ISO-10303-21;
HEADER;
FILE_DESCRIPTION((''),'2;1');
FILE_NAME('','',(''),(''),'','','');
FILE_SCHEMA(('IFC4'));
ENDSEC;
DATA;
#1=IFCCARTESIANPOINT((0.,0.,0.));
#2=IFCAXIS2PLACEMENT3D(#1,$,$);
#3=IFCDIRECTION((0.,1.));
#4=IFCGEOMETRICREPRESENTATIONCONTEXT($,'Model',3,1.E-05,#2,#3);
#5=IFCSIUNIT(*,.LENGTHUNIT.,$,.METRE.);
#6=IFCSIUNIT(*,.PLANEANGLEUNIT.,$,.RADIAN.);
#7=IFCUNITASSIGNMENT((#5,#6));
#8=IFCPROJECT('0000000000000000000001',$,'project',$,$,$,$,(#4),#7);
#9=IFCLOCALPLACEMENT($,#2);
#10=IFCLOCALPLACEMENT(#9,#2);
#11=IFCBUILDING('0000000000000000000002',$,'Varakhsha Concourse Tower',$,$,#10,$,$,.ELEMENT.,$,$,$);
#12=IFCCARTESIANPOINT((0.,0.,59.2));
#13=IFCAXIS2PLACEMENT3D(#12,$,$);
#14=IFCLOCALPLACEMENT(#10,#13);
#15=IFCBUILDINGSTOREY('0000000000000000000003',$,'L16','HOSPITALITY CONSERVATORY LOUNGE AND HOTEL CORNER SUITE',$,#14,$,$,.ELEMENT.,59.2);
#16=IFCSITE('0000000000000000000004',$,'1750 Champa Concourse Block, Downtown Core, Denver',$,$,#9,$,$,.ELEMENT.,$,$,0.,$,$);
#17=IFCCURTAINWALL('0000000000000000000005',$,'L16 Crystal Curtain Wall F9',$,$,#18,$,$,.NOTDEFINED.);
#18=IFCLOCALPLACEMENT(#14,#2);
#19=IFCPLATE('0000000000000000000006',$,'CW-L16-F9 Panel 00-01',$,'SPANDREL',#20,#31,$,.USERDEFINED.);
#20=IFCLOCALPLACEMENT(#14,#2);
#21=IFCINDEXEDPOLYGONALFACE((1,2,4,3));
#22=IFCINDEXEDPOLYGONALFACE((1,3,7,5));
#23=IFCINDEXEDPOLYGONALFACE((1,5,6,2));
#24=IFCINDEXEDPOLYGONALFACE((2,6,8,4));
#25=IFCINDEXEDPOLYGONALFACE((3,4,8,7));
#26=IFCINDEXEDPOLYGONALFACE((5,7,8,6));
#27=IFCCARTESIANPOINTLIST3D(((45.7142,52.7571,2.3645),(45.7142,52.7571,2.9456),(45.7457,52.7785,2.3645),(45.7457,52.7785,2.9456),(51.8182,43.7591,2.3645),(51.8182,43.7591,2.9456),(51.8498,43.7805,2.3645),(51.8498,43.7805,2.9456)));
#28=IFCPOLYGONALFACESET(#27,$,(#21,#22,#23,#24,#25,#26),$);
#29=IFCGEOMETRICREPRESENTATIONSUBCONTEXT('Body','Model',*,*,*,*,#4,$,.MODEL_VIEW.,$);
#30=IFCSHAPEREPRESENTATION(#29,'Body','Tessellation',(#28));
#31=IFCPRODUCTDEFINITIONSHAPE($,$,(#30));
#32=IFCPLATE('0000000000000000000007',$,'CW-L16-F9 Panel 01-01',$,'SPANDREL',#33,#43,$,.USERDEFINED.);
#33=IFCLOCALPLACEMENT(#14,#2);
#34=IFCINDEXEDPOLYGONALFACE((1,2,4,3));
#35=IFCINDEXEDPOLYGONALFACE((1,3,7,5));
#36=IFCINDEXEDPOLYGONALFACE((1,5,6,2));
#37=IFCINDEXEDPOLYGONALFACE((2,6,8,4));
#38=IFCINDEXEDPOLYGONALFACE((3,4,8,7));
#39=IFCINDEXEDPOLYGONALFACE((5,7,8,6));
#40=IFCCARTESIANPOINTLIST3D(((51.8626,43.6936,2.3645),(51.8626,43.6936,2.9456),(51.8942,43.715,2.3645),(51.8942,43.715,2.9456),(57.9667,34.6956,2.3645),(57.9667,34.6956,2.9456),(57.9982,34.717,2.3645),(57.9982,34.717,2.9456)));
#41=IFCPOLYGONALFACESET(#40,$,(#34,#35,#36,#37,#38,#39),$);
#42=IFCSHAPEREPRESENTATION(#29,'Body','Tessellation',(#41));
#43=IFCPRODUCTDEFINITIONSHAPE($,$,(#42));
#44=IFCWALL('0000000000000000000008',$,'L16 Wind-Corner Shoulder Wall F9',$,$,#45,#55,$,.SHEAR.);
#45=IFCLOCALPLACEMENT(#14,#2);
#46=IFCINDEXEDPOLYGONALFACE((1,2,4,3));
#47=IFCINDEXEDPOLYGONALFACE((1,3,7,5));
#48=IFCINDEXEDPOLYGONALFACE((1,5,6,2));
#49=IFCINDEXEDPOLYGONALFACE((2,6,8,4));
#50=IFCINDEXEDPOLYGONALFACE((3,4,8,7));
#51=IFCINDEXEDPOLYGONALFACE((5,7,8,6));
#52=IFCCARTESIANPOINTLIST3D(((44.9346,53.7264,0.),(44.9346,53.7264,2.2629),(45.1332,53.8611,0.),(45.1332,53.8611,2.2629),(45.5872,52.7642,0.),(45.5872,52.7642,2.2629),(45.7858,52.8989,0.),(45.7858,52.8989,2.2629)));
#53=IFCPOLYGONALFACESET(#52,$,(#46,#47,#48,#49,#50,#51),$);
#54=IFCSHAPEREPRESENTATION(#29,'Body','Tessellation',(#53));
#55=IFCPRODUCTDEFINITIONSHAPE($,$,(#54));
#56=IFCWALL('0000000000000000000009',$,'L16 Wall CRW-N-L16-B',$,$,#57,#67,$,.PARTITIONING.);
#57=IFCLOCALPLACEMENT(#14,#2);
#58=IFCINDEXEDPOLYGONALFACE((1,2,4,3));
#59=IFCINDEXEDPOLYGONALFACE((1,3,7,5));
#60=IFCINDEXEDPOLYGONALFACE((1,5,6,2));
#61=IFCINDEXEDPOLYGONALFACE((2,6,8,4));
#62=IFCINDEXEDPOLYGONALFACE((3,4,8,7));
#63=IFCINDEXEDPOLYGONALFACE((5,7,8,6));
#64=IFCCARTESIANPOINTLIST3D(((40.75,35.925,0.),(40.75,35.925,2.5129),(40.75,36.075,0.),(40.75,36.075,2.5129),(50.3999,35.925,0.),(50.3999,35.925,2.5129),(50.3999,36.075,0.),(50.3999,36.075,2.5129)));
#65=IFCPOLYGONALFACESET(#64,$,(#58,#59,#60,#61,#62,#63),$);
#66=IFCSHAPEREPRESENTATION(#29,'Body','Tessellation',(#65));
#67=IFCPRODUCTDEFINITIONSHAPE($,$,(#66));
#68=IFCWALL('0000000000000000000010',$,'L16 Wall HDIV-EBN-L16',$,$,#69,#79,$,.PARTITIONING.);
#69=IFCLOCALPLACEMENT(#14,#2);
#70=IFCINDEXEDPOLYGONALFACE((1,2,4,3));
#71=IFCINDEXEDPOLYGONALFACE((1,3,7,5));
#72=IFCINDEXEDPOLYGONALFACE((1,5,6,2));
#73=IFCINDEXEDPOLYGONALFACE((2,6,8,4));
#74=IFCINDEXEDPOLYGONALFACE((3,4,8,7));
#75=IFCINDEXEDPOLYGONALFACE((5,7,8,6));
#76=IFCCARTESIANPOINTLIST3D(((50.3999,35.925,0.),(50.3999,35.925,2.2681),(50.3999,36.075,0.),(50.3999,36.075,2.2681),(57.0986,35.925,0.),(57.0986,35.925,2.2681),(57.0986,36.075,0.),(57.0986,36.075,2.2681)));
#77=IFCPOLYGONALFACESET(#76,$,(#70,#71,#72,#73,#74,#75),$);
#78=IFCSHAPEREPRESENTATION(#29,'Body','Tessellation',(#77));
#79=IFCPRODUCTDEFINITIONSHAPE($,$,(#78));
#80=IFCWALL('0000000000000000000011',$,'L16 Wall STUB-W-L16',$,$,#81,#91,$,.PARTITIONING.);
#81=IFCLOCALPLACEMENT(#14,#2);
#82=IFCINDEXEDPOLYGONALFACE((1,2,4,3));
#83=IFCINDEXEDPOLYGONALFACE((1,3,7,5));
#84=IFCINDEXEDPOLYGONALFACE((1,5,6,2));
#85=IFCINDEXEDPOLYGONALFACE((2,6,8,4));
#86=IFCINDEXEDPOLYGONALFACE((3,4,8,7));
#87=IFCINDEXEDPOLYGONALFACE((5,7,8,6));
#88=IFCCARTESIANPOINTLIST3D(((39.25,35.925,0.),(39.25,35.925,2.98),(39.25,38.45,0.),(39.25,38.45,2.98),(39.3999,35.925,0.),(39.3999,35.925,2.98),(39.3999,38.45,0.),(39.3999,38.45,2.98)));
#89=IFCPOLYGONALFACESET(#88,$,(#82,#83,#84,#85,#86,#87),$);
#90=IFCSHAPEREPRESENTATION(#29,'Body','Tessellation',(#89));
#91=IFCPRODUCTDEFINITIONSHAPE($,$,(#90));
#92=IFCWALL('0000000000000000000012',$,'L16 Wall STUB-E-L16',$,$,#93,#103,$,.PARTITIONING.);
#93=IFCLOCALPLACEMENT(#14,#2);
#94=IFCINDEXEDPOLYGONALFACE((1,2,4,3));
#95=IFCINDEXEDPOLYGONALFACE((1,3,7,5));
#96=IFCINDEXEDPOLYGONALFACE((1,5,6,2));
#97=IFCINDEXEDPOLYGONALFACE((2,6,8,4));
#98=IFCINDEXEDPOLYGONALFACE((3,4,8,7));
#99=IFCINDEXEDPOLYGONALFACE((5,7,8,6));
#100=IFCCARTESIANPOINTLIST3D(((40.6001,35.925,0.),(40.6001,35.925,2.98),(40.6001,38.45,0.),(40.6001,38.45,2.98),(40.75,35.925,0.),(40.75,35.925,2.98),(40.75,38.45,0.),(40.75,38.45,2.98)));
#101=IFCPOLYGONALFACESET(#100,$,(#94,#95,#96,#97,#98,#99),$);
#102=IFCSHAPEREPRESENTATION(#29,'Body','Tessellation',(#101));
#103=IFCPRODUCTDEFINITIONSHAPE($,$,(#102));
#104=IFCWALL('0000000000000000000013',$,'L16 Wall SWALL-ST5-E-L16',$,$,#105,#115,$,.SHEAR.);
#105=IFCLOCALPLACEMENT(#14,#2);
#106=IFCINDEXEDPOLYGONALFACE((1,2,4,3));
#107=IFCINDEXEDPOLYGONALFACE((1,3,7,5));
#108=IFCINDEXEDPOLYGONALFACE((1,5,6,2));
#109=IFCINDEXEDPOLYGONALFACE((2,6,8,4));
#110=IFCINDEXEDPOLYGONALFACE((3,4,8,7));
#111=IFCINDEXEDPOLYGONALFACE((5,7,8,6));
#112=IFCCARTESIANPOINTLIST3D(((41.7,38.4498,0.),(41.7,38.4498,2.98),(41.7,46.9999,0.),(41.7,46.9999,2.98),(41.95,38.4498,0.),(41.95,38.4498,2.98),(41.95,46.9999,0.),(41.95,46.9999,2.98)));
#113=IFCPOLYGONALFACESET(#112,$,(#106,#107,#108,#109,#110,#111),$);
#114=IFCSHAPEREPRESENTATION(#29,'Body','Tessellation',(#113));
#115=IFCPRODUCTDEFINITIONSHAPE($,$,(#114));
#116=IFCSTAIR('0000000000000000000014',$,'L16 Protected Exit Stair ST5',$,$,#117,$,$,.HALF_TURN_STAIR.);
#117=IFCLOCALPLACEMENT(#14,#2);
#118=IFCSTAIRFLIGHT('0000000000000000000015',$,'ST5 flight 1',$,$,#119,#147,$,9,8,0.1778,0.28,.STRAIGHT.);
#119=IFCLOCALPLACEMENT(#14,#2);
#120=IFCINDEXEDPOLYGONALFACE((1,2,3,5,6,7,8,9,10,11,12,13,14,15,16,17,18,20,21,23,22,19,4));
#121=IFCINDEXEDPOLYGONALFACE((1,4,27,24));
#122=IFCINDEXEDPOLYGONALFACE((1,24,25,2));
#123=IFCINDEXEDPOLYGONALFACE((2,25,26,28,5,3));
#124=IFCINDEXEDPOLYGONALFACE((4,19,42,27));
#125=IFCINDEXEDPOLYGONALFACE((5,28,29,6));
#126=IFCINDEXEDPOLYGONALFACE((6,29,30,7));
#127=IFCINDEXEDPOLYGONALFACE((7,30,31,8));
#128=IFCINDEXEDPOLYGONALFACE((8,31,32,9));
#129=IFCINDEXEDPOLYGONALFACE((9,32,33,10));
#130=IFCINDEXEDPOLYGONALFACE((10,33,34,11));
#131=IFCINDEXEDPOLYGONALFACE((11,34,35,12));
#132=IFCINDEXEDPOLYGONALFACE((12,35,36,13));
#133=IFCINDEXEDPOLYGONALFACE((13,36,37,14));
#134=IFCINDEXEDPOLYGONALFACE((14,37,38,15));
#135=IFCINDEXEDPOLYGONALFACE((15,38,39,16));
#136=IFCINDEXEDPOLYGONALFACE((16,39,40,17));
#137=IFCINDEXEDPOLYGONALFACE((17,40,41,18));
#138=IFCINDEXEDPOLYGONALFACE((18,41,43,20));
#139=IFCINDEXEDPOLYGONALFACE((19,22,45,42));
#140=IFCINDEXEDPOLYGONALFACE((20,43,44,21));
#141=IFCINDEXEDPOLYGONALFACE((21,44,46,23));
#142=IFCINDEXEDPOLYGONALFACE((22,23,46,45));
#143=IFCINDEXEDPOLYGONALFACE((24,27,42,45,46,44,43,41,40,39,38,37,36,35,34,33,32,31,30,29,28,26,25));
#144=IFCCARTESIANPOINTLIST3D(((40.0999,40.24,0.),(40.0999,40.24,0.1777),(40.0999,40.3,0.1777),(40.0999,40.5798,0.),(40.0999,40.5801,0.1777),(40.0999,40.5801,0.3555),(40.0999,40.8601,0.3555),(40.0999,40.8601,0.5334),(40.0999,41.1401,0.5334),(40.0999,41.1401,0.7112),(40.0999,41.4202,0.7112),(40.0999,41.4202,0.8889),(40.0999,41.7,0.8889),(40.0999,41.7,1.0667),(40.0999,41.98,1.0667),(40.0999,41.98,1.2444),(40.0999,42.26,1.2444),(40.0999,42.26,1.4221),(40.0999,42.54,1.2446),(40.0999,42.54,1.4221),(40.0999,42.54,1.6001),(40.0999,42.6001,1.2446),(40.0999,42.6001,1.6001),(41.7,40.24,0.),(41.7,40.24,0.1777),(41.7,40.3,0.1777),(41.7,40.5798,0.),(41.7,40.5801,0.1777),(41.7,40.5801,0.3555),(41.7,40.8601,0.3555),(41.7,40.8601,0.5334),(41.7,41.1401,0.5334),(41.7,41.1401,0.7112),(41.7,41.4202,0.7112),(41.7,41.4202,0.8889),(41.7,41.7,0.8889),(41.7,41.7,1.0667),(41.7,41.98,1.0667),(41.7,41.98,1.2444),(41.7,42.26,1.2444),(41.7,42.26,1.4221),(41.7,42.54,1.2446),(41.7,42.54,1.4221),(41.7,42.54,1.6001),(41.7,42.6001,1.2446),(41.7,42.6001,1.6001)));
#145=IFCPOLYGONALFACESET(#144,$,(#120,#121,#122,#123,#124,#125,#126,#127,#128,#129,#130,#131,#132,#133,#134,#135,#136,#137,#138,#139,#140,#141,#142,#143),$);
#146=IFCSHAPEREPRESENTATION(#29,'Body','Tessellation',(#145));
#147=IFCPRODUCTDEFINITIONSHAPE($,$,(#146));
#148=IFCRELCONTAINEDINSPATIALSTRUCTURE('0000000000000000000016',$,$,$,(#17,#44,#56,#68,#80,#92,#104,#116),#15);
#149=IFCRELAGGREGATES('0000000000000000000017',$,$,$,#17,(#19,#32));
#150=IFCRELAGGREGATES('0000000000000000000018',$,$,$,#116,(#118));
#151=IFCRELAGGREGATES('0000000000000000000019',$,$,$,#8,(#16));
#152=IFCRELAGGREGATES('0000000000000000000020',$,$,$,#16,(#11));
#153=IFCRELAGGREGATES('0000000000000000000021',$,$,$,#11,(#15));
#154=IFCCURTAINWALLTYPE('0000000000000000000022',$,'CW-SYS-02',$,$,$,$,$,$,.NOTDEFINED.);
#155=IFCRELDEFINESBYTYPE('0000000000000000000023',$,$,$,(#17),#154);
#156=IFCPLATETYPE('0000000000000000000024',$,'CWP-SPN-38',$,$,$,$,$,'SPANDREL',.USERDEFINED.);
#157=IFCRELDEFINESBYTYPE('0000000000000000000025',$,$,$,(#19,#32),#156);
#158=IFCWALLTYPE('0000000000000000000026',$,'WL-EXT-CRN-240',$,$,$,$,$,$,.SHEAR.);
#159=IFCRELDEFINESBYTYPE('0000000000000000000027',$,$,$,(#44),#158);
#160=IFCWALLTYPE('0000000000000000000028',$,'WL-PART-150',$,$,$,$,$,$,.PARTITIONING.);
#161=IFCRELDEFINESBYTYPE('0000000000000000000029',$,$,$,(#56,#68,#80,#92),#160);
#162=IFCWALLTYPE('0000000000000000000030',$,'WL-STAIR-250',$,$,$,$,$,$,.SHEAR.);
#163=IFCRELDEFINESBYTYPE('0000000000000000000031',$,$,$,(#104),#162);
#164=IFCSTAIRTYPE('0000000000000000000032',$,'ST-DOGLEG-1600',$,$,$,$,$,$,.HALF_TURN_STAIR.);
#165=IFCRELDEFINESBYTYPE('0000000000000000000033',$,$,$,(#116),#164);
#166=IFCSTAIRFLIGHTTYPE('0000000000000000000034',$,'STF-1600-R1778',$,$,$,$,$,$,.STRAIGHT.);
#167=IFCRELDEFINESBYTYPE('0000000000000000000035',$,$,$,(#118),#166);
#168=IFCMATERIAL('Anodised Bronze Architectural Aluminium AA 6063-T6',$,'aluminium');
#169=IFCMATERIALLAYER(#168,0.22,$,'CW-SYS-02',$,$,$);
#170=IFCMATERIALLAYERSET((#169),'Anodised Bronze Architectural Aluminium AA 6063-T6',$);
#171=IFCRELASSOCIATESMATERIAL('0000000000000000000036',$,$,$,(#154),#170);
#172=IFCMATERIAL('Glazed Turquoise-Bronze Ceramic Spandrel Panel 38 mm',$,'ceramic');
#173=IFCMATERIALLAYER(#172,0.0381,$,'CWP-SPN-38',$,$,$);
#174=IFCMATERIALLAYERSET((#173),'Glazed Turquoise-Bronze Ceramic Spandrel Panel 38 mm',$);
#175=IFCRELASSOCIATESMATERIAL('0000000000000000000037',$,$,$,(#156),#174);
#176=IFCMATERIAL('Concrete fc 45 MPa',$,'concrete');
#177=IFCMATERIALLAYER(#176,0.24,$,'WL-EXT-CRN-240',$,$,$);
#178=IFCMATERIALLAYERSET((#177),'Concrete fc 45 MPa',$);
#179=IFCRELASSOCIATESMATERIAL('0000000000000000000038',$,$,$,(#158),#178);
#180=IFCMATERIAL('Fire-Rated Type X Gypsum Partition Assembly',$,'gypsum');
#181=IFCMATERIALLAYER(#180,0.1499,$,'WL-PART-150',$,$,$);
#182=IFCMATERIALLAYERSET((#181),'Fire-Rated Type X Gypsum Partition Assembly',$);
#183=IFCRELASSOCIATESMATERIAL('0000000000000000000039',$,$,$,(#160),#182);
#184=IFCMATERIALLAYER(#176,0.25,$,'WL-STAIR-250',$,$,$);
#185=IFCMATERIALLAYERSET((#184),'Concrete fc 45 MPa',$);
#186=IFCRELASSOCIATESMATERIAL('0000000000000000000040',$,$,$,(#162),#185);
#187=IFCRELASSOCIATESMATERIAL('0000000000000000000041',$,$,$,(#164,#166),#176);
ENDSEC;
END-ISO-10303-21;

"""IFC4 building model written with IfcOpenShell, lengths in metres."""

from ifc_helpers import new_model, si_unit, direction, frame, frame_2d, origin, origin_2d, place, context, subcontext, project, spatial, polyline, rectangle, outline, extrude, source, transform, mapped, material, layer, layer_set, type_object, type_shapes, element, aggregate, save


model = new_model("IFC4")

# Units and contexts
model_context = context("Model", 3, precision=1e-05, world=origin(), true_north=direction((0.0, 1.0)))
body_context = subcontext(model_context, "Body", "Model", "MODEL_VIEW")
ifc_project = project(units=[si_unit("LENGTHUNIT", "METRE"), si_unit("PLANEANGLEUNIT", "RADIAN")], contexts=[model_context])

# Site, building, storey
site_placement = place(None, origin())
site = spatial("IfcSite", under=ifc_project, at=site_placement, Name="1750 Champa Concourse Block, Downtown Core, Denver", CompositionType="ELEMENT", RefElevation=0.0)
building_placement = place(site_placement, origin())
building = spatial("IfcBuilding", under=site, at=building_placement, Name="Varakhsha Concourse Tower", CompositionType="ELEMENT")
storey_placement = place(building_placement, frame((0.0, 0.0, 59.2)))
storey = spatial("IfcBuildingStorey", under=building, at=storey_placement, Name="L16", Description="HOSPITALITY CONSERVATORY LOUNGE AND HOTEL CORNER SUITE", CompositionType="ELEMENT", Elevation=59.2)

# Curtain wall
ifc_material_1 = material(Name="Anodised Bronze Architectural Aluminium AA 6063-T6", Category="aluminium")
ifc_layer_1 = layer(ifc_material_1, 0.22, Name="CW-SYS-02")
ifc_layer_set_1 = layer_set([ifc_layer_1], Name="Anodised Bronze Architectural Aluminium AA 6063-T6")
curtain_wall_type = type_object("IfcCurtainWallType", Name="CW-SYS-02", PredefinedType="NOTDEFINED", material=ifc_layer_set_1)
curtain_wall_placement = place(storey_placement, origin())
curtain_wall = element("IfcCurtainWall", 1, at=curtain_wall_placement, inside=storey, type_object=curtain_wall_type, Name="L16 Crystal Curtain Wall F9", PredefinedType="NOTDEFINED")

# Plates
ifc_material_2 = material(Name="Glazed Turquoise-Bronze Ceramic Spandrel Panel 38 mm", Category="ceramic")
ifc_layer_2 = layer(ifc_material_2, 0.0381, Name="CWP-SPN-38")
ifc_layer_set_2 = layer_set([ifc_layer_2], Name="Glazed Turquoise-Bronze Ceramic Spandrel Panel 38 mm")
plate_type_1 = type_object("IfcPlateType", Name="CWP-SPN-38", ElementType="SPANDREL", PredefinedType="USERDEFINED", material=ifc_layer_set_2)
shared_shape_1 = source(origin(), body_context, "Body", "SweptSolid", [
    extrude(rectangle(XDim=10.873, YDim=0.0381, at=origin_2d()), origin(), (0.0, 0.0, 1.0), 0.5811),
])
type_shapes(plate_type_1, [shared_shape_1])
plate_1_placement = place(storey_placement, frame((48.782, 48.2688, 2.3645), z_axis=(0.0, 0.0, 1.0), x_axis=(0.561392, -0.82755, 0.0)))
plate_1 = element("IfcPlate", 2, at=plate_1_placement, type_object=plate_type_1, Name="CW-L16-F9 Panel 00-01", ObjectType="SPANDREL", PredefinedType="USERDEFINED", context=body_context, shape_type="MappedRepresentation", body=[
    mapped(shared_shape_1, transform((0.0, 0.0, 0.0), scale=1.0)),
])
plate_2_placement = place(storey_placement, frame((54.9304, 39.2053, 2.3645), z_axis=(0.0, 0.0, 1.0), x_axis=(0.561392, -0.82755, 0.0)))
plate_2 = element("IfcPlate", 3, at=plate_2_placement, type_object=plate_type_1, Name="CW-L16-F9 Panel 01-01", ObjectType="SPANDREL", PredefinedType="USERDEFINED", context=body_context, shape_type="MappedRepresentation", body=[
    mapped(shared_shape_1, transform((0.0, 0.0, 0.0), scale=1.0)),
])
aggregate(curtain_wall, [plate_1, plate_2])

# Walls
ifc_material_3 = material(Name="Concrete fc 45 MPa", Category="concrete")
ifc_layer_3 = layer(ifc_material_3, 0.24, Name="WL-EXT-CRN-240")
ifc_layer_set_3 = layer_set([ifc_layer_3], Name="Concrete fc 45 MPa")
wall_type_1 = type_object("IfcWallType", Name="WL-EXT-CRN-240", PredefinedType="SHEAR", material=ifc_layer_set_3)
wall_1_placement = place(storey_placement, frame((45.6865, 52.8315, 0.0), z_axis=(0.0, 0.0, 1.0), x_axis=(-0.561322, 0.827598, 0.0)))
element("IfcWall", 4, at=wall_1_placement, inside=storey, type_object=wall_type_1, Name="L16 Wind-Corner Shoulder Wall F9", PredefinedType="SHEAR", context=body_context, shape_type="SweptSolid", body=[
    extrude(rectangle(XDim=1.1626, YDim=0.24, at=frame_2d((0.5813, 0.0))), origin(), (0.0, 0.0, 1.0), 2.2629),
])
ifc_material_4 = material(Name="Fire-Rated Type X Gypsum Partition Assembly", Category="gypsum")
ifc_layer_4 = layer(ifc_material_4, 0.1499, Name="WL-PART-150")
ifc_layer_set_4 = layer_set([ifc_layer_4], Name="Fire-Rated Type X Gypsum Partition Assembly")
wall_type_2 = type_object("IfcWallType", Name="WL-PART-150", PredefinedType="PARTITIONING", material=ifc_layer_set_4)
wall_2_placement = place(storey_placement, frame((40.75, 36.0, 0.0), z_axis=(0.0, 0.0, 1.0), x_axis=(1.0, 0.0, 0.0)))
element("IfcWall", 5, at=wall_2_placement, inside=storey, type_object=wall_type_2, Name="L16 Wall CRW-N-L16-B", PredefinedType="PARTITIONING", context=body_context, shape_type="SweptSolid", body=[
    extrude(rectangle(XDim=9.6499, YDim=0.1499, at=frame_2d((4.825, 0.0))), origin(), (0.0, 0.0, 1.0), 2.5129),
])
wall_3_placement = place(storey_placement, frame((50.3999, 36.0, 0.0), z_axis=(0.0, 0.0, 1.0), x_axis=(1.0, 0.0, 0.0)))
element("IfcWall", 6, at=wall_3_placement, inside=storey, type_object=wall_type_2, Name="L16 Wall HDIV-EBN-L16", PredefinedType="PARTITIONING", context=body_context, shape_type="SweptSolid", body=[
    extrude(rectangle(XDim=6.6987, YDim=0.1499, at=frame_2d((3.3494, 0.0))), origin(), (0.0, 0.0, 1.0), 2.2681),
])
for number, where, z_axis, x_axis, name in (
    (7, (39.325, 35.925, 0.0), (0.0, 0.0, 1.0), (0.0, 1.0, 0.0), "L16 Wall STUB-W-L16"),
    (8, (40.675, 35.925, 0.0), (0.0, 0.0, 1.0), (0.0, 1.0, 0.0), "L16 Wall STUB-E-L16"),
):
    element("IfcWall", number, at=place(storey_placement, frame(where, z_axis=z_axis, x_axis=x_axis)), inside=storey, type_object=wall_type_2, Name=name, PredefinedType="PARTITIONING", context=body_context, shape_type="SweptSolid", body=[
        extrude(rectangle(XDim=2.5249, YDim=0.1499, at=frame_2d((1.2625, 0.0))), origin(), (0.0, 0.0, 1.0), 2.98),
    ])
ifc_layer_5 = layer(ifc_material_3, 0.25, Name="WL-STAIR-250")
ifc_layer_set_5 = layer_set([ifc_layer_5], Name="Concrete fc 45 MPa")
wall_type_3 = type_object("IfcWallType", Name="WL-STAIR-250", PredefinedType="SHEAR", material=ifc_layer_set_5)
wall_4_placement = place(storey_placement, frame((41.825, 38.45, 0.0), z_axis=(0.0, 0.0, 1.0), x_axis=(0.0, 1.0, 0.0)))
element("IfcWall", 9, at=wall_4_placement, inside=storey, type_object=wall_type_3, Name="L16 Wall SWALL-ST5-E-L16", PredefinedType="SHEAR", context=body_context, shape_type="SweptSolid", body=[
    extrude(rectangle(XDim=8.55, YDim=0.25, at=frame_2d((4.2749, 0.0))), origin(), (0.0, 0.0, 1.0), 2.98),
])

# Stair, stair flight
stair_type = type_object("IfcStairType", Name="ST-DOGLEG-1600", PredefinedType="HALF_TURN_STAIR", material=ifc_material_3)
stair_placement = place(storey_placement, origin())
stair = element("IfcStair", 10, at=stair_placement, inside=storey, type_object=stair_type, Name="L16 Protected Exit Stair ST5", PredefinedType="HALF_TURN_STAIR")
stair_flight_type = type_object("IfcStairFlightType", Name="STF-1600-R1778", PredefinedType="STRAIGHT", material=ifc_material_3)
stair_flight_placement = place(storey_placement, frame((40.8999, 40.3, 0.0), z_axis=(0.0, 0.0, 1.0), x_axis=(0.0, 1.0, 0.0)))
stair_flight = element("IfcStairFlight", 11, at=stair_flight_placement, type_object=stair_flight_type, Name="ST5 flight 1", NumberOfRisers=9, NumberOfTreads=8, PredefinedType="STRAIGHT", RiserHeight=0.1778, TreadLength=0.28, context=body_context, shape_type="SweptSolid", body=[
    extrude(outline(polyline([(-0.0601, 0.0), (-0.0601, 0.1777), (0.0, 0.1777), (0.28, 0.1777), (0.28, 0.3555), (0.5601, 0.3555), (0.5601, 0.5334), (0.8401, 0.5334), (0.8401, 0.7112), (1.1201, 0.7112), (1.1201, 0.8889), (1.3999, 0.8889), (1.3999, 1.0667), (1.6799, 1.0667), (1.6799, 1.2444), (1.96, 1.2444), (1.96, 1.4221), (2.24, 1.4221), (2.24, 1.6001), (2.3, 1.6001), (2.3, 1.2446), (2.24, 1.2446), (0.2798, 0.0), (-0.0601, 0.0)])), frame((0.0, 0.8, 0.0), z_axis=(0.0, -1.0, 0.0), x_axis=(1.0, 0.0, 0.0)), (0.0, 0.0, 1.0), 1.6001),
])
aggregate(stair, [stair_flight])

save(model, "model.ifc")
